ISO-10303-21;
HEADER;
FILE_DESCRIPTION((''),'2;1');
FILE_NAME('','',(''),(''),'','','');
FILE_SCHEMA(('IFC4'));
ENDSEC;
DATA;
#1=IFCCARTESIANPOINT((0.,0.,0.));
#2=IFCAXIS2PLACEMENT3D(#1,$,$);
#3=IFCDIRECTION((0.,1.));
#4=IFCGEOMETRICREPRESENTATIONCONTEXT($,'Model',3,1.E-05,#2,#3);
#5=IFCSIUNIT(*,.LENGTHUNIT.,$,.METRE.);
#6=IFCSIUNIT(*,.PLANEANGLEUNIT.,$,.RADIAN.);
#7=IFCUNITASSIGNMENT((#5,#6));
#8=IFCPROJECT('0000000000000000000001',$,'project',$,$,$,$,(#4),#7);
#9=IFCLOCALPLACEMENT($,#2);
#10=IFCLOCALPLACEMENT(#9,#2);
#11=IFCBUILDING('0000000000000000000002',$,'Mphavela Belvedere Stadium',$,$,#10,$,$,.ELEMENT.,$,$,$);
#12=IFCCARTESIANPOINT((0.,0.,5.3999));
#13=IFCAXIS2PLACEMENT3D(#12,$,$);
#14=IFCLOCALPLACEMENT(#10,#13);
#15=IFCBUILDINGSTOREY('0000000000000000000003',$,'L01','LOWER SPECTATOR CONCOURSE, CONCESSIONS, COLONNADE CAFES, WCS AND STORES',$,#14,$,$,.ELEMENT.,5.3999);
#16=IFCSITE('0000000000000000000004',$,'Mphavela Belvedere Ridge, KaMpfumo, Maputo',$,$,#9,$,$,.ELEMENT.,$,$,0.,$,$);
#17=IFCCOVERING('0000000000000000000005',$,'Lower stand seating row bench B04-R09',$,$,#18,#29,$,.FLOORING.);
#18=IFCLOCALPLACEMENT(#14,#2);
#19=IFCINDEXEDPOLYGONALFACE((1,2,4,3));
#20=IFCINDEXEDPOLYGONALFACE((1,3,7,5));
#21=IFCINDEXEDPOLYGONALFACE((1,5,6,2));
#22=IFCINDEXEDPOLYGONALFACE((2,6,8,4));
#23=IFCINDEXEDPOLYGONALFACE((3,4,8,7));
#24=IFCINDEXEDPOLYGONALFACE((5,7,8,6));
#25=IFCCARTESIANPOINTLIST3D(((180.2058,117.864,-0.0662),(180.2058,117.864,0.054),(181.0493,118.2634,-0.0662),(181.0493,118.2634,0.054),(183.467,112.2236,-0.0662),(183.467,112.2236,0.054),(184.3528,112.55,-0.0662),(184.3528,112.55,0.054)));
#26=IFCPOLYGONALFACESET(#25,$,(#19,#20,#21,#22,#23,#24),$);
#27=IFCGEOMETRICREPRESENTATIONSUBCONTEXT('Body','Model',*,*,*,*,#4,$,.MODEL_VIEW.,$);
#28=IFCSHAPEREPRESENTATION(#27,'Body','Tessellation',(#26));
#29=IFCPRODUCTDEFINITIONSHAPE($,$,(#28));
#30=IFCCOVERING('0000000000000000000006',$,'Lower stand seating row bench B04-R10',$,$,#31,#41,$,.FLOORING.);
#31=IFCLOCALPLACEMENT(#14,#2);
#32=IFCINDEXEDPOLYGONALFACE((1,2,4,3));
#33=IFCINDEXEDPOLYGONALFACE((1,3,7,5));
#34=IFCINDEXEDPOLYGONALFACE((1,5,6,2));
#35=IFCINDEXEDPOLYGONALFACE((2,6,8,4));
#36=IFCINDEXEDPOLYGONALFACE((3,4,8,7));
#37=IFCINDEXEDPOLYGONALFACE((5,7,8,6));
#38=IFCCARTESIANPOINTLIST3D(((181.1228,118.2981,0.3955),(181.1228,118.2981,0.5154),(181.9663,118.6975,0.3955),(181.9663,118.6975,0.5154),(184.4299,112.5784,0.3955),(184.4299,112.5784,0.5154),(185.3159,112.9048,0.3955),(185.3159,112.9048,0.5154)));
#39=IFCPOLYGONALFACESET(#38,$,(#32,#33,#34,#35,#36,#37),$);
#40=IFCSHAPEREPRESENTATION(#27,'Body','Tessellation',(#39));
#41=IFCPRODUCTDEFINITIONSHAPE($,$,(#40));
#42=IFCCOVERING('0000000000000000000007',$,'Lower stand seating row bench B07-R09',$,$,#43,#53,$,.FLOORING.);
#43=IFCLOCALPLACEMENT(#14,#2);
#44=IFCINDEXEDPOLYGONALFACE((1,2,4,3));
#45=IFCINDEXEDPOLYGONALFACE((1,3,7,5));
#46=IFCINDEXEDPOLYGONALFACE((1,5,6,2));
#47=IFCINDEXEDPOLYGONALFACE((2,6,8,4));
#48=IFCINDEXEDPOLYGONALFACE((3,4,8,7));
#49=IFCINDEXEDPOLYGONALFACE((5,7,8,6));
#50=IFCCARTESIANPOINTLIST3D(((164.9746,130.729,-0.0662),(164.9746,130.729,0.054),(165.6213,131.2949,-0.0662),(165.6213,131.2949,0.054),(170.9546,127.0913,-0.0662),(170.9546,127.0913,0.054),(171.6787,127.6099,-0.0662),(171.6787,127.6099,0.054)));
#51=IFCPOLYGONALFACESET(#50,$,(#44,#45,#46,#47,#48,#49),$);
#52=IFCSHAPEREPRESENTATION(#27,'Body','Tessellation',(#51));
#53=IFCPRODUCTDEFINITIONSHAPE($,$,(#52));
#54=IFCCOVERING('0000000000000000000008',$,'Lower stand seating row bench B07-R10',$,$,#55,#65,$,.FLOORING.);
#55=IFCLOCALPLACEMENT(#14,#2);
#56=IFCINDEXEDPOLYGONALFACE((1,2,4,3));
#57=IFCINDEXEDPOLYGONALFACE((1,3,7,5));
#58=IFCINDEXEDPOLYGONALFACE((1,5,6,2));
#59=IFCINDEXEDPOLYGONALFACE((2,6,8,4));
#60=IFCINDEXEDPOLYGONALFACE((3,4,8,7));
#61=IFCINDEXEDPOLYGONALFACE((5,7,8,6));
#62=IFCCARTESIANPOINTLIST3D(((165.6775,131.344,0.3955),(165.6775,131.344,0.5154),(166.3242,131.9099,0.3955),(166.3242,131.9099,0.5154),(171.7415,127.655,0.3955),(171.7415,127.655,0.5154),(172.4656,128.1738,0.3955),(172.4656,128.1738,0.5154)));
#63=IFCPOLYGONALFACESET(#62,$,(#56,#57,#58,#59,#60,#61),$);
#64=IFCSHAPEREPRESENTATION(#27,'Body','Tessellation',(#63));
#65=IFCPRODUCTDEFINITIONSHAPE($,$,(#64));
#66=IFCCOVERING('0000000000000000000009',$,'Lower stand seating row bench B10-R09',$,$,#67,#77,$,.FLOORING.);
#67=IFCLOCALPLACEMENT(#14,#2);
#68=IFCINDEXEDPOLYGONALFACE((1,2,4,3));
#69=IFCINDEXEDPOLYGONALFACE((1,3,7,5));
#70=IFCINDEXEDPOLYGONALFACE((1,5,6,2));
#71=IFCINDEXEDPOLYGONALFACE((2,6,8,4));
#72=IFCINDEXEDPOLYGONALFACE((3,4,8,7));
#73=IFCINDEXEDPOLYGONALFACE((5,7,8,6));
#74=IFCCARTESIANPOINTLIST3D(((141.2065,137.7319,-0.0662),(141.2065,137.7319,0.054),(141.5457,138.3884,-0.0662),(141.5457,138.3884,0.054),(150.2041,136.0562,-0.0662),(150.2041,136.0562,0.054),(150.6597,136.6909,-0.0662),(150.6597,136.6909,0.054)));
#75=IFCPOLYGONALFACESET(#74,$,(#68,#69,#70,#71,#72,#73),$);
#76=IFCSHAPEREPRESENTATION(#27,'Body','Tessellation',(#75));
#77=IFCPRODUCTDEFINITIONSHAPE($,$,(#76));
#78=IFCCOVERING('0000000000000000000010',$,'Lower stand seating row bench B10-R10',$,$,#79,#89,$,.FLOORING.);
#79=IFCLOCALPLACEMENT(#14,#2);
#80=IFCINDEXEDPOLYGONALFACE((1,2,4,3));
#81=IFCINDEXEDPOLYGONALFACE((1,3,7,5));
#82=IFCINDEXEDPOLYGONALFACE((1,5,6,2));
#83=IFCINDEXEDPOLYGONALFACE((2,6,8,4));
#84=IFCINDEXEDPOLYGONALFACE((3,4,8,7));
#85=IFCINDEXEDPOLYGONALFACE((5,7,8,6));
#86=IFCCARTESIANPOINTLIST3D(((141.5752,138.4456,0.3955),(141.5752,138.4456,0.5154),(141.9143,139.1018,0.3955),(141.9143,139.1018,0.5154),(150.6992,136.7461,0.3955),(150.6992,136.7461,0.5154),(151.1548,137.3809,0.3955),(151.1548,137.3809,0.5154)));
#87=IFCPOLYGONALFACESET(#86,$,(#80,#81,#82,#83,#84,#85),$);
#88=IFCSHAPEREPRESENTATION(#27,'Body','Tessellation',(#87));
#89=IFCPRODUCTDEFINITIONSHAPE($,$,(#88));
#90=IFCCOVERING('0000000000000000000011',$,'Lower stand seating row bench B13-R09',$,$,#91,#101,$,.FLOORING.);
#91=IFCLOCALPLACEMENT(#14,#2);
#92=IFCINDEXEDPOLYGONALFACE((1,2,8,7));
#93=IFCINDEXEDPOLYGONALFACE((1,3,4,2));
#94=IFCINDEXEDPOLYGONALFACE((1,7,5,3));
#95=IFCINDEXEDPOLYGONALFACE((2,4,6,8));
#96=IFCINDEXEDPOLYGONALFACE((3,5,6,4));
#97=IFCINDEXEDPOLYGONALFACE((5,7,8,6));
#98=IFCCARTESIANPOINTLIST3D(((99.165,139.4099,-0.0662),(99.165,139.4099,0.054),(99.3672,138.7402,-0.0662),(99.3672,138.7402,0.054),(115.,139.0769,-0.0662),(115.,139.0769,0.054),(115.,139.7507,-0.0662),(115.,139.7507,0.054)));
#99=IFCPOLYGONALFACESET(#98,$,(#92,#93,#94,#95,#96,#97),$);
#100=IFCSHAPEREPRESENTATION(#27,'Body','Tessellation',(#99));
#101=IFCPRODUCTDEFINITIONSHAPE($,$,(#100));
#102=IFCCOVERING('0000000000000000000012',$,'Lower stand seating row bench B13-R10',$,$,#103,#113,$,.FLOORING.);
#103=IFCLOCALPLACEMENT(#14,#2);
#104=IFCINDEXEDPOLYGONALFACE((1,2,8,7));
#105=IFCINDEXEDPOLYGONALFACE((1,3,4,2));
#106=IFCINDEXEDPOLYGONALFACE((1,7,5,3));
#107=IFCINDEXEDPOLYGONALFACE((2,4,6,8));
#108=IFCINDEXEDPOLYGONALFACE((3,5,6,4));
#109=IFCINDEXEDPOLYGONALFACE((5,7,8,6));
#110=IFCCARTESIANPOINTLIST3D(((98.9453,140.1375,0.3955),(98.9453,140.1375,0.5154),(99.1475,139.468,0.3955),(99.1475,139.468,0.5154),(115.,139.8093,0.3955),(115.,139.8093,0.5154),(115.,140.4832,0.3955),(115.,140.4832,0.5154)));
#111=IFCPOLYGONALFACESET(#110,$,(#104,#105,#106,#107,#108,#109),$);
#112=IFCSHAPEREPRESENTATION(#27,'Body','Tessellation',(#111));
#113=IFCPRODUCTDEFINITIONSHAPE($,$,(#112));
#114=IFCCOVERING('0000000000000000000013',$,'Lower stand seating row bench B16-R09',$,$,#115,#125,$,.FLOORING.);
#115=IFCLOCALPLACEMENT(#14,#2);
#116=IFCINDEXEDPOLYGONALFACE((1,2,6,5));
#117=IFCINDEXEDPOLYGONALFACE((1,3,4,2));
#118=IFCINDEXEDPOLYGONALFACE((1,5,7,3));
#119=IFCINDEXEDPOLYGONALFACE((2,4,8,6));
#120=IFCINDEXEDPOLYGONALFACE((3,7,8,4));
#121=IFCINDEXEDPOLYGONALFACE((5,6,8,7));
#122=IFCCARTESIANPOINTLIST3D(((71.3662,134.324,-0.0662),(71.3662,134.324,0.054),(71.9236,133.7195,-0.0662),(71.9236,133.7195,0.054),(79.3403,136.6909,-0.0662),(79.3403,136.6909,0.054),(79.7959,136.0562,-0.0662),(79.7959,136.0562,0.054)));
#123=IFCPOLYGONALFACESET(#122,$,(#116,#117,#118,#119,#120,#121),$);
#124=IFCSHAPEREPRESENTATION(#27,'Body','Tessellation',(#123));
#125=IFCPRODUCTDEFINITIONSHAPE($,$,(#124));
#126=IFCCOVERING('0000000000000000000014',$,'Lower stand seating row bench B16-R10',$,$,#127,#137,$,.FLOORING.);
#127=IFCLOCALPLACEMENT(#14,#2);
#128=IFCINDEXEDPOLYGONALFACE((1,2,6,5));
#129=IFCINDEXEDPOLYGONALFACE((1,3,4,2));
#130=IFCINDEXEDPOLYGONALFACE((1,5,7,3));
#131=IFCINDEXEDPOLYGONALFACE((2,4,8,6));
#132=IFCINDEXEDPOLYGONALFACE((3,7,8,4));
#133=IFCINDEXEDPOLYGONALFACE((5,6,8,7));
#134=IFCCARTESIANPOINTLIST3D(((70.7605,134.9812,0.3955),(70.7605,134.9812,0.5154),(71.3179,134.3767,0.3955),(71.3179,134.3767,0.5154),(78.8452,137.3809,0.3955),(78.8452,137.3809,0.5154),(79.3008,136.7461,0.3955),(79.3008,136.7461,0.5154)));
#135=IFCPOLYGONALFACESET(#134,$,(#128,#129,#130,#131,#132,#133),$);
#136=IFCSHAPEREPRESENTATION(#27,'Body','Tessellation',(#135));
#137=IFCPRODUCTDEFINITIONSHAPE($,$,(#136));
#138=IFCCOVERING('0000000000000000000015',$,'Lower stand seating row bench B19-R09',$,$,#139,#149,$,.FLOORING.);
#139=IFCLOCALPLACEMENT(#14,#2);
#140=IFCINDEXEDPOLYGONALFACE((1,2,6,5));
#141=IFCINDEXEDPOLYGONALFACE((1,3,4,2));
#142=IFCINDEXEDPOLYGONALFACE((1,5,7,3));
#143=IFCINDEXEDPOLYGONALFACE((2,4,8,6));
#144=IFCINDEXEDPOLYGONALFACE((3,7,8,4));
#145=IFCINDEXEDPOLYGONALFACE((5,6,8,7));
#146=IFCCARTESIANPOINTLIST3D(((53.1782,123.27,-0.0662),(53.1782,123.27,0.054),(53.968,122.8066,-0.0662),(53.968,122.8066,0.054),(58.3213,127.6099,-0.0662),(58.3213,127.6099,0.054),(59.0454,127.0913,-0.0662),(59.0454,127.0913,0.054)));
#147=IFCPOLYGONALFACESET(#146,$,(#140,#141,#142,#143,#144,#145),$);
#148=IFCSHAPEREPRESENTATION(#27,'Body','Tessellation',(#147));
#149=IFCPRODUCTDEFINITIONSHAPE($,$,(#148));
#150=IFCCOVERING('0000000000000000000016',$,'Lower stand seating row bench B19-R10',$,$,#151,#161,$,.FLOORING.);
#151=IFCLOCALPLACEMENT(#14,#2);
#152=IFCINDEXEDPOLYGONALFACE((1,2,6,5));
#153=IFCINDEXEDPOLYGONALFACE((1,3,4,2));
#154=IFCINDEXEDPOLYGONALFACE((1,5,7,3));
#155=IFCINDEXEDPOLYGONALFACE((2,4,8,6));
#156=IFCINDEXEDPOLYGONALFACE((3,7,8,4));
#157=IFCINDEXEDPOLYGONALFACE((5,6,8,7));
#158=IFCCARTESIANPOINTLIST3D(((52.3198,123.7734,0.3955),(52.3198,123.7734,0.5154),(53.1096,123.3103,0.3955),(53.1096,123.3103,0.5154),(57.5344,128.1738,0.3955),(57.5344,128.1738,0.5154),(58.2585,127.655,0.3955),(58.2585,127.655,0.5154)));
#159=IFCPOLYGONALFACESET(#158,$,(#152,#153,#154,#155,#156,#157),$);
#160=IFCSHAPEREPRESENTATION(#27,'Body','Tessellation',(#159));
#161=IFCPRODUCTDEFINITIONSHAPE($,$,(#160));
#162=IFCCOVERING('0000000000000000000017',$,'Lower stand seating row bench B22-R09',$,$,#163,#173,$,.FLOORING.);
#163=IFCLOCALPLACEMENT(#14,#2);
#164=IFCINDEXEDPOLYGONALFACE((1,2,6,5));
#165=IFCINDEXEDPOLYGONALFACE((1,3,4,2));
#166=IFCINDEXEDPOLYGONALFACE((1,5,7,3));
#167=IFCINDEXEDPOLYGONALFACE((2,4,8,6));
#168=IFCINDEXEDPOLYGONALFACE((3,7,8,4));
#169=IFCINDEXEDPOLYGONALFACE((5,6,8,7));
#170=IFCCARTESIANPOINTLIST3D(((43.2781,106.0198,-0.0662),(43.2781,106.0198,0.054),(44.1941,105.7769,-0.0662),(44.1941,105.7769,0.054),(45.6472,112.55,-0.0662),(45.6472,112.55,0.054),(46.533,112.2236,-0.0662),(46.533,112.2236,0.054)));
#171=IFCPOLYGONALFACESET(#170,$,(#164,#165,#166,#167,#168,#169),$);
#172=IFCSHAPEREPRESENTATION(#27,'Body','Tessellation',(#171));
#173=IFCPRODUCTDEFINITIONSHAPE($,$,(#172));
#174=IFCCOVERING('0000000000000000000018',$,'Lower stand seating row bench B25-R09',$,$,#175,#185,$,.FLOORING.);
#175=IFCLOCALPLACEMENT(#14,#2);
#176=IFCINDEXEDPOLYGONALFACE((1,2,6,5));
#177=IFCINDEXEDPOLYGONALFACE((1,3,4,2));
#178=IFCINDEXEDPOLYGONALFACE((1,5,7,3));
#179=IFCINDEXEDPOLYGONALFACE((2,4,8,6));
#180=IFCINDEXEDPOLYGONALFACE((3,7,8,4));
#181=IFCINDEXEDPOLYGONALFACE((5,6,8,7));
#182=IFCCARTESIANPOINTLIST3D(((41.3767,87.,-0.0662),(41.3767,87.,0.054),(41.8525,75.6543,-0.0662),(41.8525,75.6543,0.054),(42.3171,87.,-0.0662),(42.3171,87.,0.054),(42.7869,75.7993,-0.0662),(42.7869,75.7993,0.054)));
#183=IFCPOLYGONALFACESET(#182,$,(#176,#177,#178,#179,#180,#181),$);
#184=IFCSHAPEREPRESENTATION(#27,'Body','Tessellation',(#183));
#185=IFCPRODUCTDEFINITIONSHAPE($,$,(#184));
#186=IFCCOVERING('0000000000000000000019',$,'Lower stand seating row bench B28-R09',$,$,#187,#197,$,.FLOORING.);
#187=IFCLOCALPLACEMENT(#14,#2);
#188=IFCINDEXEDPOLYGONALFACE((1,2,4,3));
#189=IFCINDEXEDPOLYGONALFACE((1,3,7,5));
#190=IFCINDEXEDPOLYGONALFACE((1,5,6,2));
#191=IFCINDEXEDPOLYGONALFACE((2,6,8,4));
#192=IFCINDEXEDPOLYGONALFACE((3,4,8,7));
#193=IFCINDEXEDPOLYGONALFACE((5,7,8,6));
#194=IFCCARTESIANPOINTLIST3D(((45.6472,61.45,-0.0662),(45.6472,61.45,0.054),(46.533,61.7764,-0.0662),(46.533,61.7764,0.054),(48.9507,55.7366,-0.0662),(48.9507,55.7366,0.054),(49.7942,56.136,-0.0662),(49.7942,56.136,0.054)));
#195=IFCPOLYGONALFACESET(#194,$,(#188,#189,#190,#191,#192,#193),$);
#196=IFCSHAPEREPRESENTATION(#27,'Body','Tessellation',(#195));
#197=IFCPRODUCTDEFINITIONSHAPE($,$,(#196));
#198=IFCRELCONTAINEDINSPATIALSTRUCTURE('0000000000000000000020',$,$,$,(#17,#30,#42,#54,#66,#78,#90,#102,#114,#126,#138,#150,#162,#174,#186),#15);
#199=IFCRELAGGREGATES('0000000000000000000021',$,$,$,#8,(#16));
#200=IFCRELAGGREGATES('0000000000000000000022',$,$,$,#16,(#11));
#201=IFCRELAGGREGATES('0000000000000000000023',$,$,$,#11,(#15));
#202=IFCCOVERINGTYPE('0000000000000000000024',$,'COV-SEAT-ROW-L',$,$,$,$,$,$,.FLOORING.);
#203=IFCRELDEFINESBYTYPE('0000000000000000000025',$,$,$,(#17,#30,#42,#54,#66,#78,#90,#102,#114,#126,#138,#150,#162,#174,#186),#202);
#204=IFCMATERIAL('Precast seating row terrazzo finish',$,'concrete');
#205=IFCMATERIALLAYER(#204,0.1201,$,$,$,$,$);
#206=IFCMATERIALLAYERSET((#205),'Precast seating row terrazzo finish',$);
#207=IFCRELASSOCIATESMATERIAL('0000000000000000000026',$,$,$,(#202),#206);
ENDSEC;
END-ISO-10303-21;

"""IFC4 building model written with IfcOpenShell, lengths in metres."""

from ifc_helpers import new_model, si_unit, direction, frame, origin, place, context, subcontext, project, spatial, polyline, outline, extrude, material, layer, layer_set, type_object, element, save


model = new_model("IFC4")

# Units and contexts
model_context = context("Model", 3, precision=1e-05, world=origin(), true_north=direction((0.0, 1.0)))
body_context = subcontext(model_context, "Body", "Model", "MODEL_VIEW")
ifc_project = project(units=[si_unit("LENGTHUNIT", "METRE"), si_unit("PLANEANGLEUNIT", "RADIAN")], contexts=[model_context])

# Site, building, storey
site_placement = place(None, origin())
site = spatial("IfcSite", under=ifc_project, at=site_placement, Name="Mphavela Belvedere Ridge, KaMpfumo, Maputo", CompositionType="ELEMENT", RefElevation=0.0)
building_placement = place(site_placement, origin())
building = spatial("IfcBuilding", under=site, at=building_placement, Name="Mphavela Belvedere Stadium", CompositionType="ELEMENT")
storey_placement = place(building_placement, frame((0.0, 0.0, 5.3999)))
storey = spatial("IfcBuildingStorey", under=building, at=storey_placement, Name="L01", Description="LOWER SPECTATOR CONCOURSE, CONCESSIONS, COLONNADE CAFES, WCS AND STORES", CompositionType="ELEMENT", Elevation=5.3999)

# Coverings
ifc_material_1 = material(Name="Precast seating row terrazzo finish", Category="concrete")
ifc_layer_1 = layer(ifc_material_1, 0.1201)
ifc_layer_set_1 = layer_set([ifc_layer_1], Name="Precast seating row terrazzo finish")
covering_type = type_object("IfcCoveringType", Name="COV-SEAT-ROW-L", PredefinedType="FLOORING", material=ifc_layer_set_1)
covering_1_placement = place(storey_placement, frame((0.0, 0.0, -0.0662)))
element("IfcCovering", 1, at=covering_1_placement, inside=storey, type_object=covering_type, Name="Lower stand seating row bench B04-R09", PredefinedType="FLOORING", context=body_context, shape_type="SweptSolid", body=[
    extrude(outline(polyline([(183.467, 112.2236), (180.2058, 117.864), (181.0493, 118.2634), (184.3528, 112.55), (183.467, 112.2236)])), origin(), (0.0, 0.0, 1.0), 0.1201),
])
covering_2_placement = place(storey_placement, frame((0.0, 0.0, 0.3955)))
element("IfcCovering", 2, at=covering_2_placement, inside=storey, type_object=covering_type, Name="Lower stand seating row bench B04-R10", PredefinedType="FLOORING", context=body_context, shape_type="SweptSolid", body=[
    extrude(outline(polyline([(184.4299, 112.5784), (181.1228, 118.2981), (181.9663, 118.6975), (185.3159, 112.9048), (184.4299, 112.5784)])), origin(), (0.0, 0.0, 1.0), 0.1199),
])
covering_3_placement = place(storey_placement, frame((0.0, 0.0, -0.0662)))
element("IfcCovering", 3, at=covering_3_placement, inside=storey, type_object=covering_type, Name="Lower stand seating row bench B07-R09", PredefinedType="FLOORING", context=body_context, shape_type="SweptSolid", body=[
    extrude(outline(polyline([(170.9546, 127.0913), (164.9746, 130.729), (165.6213, 131.2949), (171.6787, 127.6099), (170.9546, 127.0913)])), origin(), (0.0, 0.0, 1.0), 0.1201),
])
covering_4_placement = place(storey_placement, frame((0.0, 0.0, 0.3955)))
element("IfcCovering", 4, at=covering_4_placement, inside=storey, type_object=covering_type, Name="Lower stand seating row bench B07-R10", PredefinedType="FLOORING", context=body_context, shape_type="SweptSolid", body=[
    extrude(outline(polyline([(171.7415, 127.655), (165.6775, 131.344), (166.3242, 131.9099), (172.4656, 128.1738), (171.7415, 127.655)])), origin(), (0.0, 0.0, 1.0), 0.1199),
])
covering_5_placement = place(storey_placement, frame((0.0, 0.0, -0.0662)))
element("IfcCovering", 5, at=covering_5_placement, inside=storey, type_object=covering_type, Name="Lower stand seating row bench B10-R09", PredefinedType="FLOORING", context=body_context, shape_type="SweptSolid", body=[
    extrude(outline(polyline([(150.2041, 136.0562), (141.2065, 137.7319), (141.5457, 138.3884), (150.6597, 136.6909), (150.2041, 136.0562)])), origin(), (0.0, 0.0, 1.0), 0.1201),
])
covering_6_placement = place(storey_placement, frame((0.0, 0.0, 0.3955)))
element("IfcCovering", 6, at=covering_6_placement, inside=storey, type_object=covering_type, Name="Lower stand seating row bench B10-R10", PredefinedType="FLOORING", context=body_context, shape_type="SweptSolid", body=[
    extrude(outline(polyline([(150.6992, 136.7461), (141.5752, 138.4456), (141.9143, 139.1018), (151.1548, 137.3809), (150.6992, 136.7461)])), origin(), (0.0, 0.0, 1.0), 0.1199),
])
covering_7_placement = place(storey_placement, frame((0.0, 0.0, -0.0662)))
element("IfcCovering", 7, at=covering_7_placement, inside=storey, type_object=covering_type, Name="Lower stand seating row bench B13-R09", PredefinedType="FLOORING", context=body_context, shape_type="SweptSolid", body=[
    extrude(outline(polyline([(115.0, 139.0769), (99.3672, 138.7402), (99.165, 139.4099), (115.0, 139.7507), (115.0, 139.0769)])), origin(), (0.0, 0.0, 1.0), 0.1201),
])
covering_8_placement = place(storey_placement, frame((0.0, 0.0, 0.3955)))
element("IfcCovering", 8, at=covering_8_placement, inside=storey, type_object=covering_type, Name="Lower stand seating row bench B13-R10", PredefinedType="FLOORING", context=body_context, shape_type="SweptSolid", body=[
    extrude(outline(polyline([(115.0, 139.8093), (99.1475, 139.468), (98.9453, 140.1375), (115.0, 140.4832), (115.0, 139.8093)])), origin(), (0.0, 0.0, 1.0), 0.1199),
])
covering_9_placement = place(storey_placement, frame((0.0, 0.0, -0.0662)))
element("IfcCovering", 9, at=covering_9_placement, inside=storey, type_object=covering_type, Name="Lower stand seating row bench B16-R09", PredefinedType="FLOORING", context=body_context, shape_type="SweptSolid", body=[
    extrude(outline(polyline([(79.7959, 136.0562), (71.9236, 133.7195), (71.3662, 134.324), (79.3403, 136.6909), (79.7959, 136.0562)])), origin(), (0.0, 0.0, 1.0), 0.1201),
])
covering_10_placement = place(storey_placement, frame((0.0, 0.0, 0.3955)))
element("IfcCovering", 10, at=covering_10_placement, inside=storey, type_object=covering_type, Name="Lower stand seating row bench B16-R10", PredefinedType="FLOORING", context=body_context, shape_type="SweptSolid", body=[
    extrude(outline(polyline([(79.3008, 136.7461), (71.3179, 134.3767), (70.7605, 134.9812), (78.8452, 137.3809), (79.3008, 136.7461)])), origin(), (0.0, 0.0, 1.0), 0.1199),
])
covering_11_placement = place(storey_placement, frame((0.0, 0.0, -0.0662)))
element("IfcCovering", 11, at=covering_11_placement, inside=storey, type_object=covering_type, Name="Lower stand seating row bench B19-R09", PredefinedType="FLOORING", context=body_context, shape_type="SweptSolid", body=[
    extrude(outline(polyline([(59.0454, 127.0913), (53.968, 122.8066), (53.1782, 123.27), (58.3213, 127.6099), (59.0454, 127.0913)])), origin(), (0.0, 0.0, 1.0), 0.1201),
])
covering_12_placement = place(storey_placement, frame((0.0, 0.0, 0.3955)))
element("IfcCovering", 12, at=covering_12_placement, inside=storey, type_object=covering_type, Name="Lower stand seating row bench B19-R10", PredefinedType="FLOORING", context=body_context, shape_type="SweptSolid", body=[
    extrude(outline(polyline([(58.2585, 127.655), (53.1096, 123.3103), (52.3198, 123.7734), (57.5344, 128.1738), (58.2585, 127.655)])), origin(), (0.0, 0.0, 1.0), 0.1199),
])
covering_13_placement = place(storey_placement, frame((0.0, 0.0, -0.0662)))
element("IfcCovering", 13, at=covering_13_placement, inside=storey, type_object=covering_type, Name="Lower stand seating row bench B22-R09", PredefinedType="FLOORING", context=body_context, shape_type="SweptSolid", body=[
    extrude(outline(polyline([(46.533, 112.2236), (44.1941, 105.7769), (43.2781, 106.0198), (45.6472, 112.55), (46.533, 112.2236)])), origin(), (0.0, 0.0, 1.0), 0.1201),
])
covering_14_placement = place(storey_placement, frame((0.0, 0.0, -0.0662)))
element("IfcCovering", 14, at=covering_14_placement, inside=storey, type_object=covering_type, Name="Lower stand seating row bench B25-R09", PredefinedType="FLOORING", context=body_context, shape_type="SweptSolid", body=[
    extrude(outline(polyline([(42.3171, 87.0), (42.7869, 75.7993), (41.8525, 75.6543), (41.3767, 87.0), (42.3171, 87.0)])), origin(), (0.0, 0.0, 1.0), 0.1201),
])
covering_15_placement = place(storey_placement, frame((0.0, 0.0, -0.0662)))
element("IfcCovering", 15, at=covering_15_placement, inside=storey, type_object=covering_type, Name="Lower stand seating row bench B28-R09", PredefinedType="FLOORING", context=body_context, shape_type="SweptSolid", body=[
    extrude(outline(polyline([(46.533, 61.7764), (49.7942, 56.136), (48.9507, 55.7366), (45.6472, 61.45), (46.533, 61.7764)])), origin(), (0.0, 0.0, 1.0), 0.1201),
])

save(model, "model.ifc")
